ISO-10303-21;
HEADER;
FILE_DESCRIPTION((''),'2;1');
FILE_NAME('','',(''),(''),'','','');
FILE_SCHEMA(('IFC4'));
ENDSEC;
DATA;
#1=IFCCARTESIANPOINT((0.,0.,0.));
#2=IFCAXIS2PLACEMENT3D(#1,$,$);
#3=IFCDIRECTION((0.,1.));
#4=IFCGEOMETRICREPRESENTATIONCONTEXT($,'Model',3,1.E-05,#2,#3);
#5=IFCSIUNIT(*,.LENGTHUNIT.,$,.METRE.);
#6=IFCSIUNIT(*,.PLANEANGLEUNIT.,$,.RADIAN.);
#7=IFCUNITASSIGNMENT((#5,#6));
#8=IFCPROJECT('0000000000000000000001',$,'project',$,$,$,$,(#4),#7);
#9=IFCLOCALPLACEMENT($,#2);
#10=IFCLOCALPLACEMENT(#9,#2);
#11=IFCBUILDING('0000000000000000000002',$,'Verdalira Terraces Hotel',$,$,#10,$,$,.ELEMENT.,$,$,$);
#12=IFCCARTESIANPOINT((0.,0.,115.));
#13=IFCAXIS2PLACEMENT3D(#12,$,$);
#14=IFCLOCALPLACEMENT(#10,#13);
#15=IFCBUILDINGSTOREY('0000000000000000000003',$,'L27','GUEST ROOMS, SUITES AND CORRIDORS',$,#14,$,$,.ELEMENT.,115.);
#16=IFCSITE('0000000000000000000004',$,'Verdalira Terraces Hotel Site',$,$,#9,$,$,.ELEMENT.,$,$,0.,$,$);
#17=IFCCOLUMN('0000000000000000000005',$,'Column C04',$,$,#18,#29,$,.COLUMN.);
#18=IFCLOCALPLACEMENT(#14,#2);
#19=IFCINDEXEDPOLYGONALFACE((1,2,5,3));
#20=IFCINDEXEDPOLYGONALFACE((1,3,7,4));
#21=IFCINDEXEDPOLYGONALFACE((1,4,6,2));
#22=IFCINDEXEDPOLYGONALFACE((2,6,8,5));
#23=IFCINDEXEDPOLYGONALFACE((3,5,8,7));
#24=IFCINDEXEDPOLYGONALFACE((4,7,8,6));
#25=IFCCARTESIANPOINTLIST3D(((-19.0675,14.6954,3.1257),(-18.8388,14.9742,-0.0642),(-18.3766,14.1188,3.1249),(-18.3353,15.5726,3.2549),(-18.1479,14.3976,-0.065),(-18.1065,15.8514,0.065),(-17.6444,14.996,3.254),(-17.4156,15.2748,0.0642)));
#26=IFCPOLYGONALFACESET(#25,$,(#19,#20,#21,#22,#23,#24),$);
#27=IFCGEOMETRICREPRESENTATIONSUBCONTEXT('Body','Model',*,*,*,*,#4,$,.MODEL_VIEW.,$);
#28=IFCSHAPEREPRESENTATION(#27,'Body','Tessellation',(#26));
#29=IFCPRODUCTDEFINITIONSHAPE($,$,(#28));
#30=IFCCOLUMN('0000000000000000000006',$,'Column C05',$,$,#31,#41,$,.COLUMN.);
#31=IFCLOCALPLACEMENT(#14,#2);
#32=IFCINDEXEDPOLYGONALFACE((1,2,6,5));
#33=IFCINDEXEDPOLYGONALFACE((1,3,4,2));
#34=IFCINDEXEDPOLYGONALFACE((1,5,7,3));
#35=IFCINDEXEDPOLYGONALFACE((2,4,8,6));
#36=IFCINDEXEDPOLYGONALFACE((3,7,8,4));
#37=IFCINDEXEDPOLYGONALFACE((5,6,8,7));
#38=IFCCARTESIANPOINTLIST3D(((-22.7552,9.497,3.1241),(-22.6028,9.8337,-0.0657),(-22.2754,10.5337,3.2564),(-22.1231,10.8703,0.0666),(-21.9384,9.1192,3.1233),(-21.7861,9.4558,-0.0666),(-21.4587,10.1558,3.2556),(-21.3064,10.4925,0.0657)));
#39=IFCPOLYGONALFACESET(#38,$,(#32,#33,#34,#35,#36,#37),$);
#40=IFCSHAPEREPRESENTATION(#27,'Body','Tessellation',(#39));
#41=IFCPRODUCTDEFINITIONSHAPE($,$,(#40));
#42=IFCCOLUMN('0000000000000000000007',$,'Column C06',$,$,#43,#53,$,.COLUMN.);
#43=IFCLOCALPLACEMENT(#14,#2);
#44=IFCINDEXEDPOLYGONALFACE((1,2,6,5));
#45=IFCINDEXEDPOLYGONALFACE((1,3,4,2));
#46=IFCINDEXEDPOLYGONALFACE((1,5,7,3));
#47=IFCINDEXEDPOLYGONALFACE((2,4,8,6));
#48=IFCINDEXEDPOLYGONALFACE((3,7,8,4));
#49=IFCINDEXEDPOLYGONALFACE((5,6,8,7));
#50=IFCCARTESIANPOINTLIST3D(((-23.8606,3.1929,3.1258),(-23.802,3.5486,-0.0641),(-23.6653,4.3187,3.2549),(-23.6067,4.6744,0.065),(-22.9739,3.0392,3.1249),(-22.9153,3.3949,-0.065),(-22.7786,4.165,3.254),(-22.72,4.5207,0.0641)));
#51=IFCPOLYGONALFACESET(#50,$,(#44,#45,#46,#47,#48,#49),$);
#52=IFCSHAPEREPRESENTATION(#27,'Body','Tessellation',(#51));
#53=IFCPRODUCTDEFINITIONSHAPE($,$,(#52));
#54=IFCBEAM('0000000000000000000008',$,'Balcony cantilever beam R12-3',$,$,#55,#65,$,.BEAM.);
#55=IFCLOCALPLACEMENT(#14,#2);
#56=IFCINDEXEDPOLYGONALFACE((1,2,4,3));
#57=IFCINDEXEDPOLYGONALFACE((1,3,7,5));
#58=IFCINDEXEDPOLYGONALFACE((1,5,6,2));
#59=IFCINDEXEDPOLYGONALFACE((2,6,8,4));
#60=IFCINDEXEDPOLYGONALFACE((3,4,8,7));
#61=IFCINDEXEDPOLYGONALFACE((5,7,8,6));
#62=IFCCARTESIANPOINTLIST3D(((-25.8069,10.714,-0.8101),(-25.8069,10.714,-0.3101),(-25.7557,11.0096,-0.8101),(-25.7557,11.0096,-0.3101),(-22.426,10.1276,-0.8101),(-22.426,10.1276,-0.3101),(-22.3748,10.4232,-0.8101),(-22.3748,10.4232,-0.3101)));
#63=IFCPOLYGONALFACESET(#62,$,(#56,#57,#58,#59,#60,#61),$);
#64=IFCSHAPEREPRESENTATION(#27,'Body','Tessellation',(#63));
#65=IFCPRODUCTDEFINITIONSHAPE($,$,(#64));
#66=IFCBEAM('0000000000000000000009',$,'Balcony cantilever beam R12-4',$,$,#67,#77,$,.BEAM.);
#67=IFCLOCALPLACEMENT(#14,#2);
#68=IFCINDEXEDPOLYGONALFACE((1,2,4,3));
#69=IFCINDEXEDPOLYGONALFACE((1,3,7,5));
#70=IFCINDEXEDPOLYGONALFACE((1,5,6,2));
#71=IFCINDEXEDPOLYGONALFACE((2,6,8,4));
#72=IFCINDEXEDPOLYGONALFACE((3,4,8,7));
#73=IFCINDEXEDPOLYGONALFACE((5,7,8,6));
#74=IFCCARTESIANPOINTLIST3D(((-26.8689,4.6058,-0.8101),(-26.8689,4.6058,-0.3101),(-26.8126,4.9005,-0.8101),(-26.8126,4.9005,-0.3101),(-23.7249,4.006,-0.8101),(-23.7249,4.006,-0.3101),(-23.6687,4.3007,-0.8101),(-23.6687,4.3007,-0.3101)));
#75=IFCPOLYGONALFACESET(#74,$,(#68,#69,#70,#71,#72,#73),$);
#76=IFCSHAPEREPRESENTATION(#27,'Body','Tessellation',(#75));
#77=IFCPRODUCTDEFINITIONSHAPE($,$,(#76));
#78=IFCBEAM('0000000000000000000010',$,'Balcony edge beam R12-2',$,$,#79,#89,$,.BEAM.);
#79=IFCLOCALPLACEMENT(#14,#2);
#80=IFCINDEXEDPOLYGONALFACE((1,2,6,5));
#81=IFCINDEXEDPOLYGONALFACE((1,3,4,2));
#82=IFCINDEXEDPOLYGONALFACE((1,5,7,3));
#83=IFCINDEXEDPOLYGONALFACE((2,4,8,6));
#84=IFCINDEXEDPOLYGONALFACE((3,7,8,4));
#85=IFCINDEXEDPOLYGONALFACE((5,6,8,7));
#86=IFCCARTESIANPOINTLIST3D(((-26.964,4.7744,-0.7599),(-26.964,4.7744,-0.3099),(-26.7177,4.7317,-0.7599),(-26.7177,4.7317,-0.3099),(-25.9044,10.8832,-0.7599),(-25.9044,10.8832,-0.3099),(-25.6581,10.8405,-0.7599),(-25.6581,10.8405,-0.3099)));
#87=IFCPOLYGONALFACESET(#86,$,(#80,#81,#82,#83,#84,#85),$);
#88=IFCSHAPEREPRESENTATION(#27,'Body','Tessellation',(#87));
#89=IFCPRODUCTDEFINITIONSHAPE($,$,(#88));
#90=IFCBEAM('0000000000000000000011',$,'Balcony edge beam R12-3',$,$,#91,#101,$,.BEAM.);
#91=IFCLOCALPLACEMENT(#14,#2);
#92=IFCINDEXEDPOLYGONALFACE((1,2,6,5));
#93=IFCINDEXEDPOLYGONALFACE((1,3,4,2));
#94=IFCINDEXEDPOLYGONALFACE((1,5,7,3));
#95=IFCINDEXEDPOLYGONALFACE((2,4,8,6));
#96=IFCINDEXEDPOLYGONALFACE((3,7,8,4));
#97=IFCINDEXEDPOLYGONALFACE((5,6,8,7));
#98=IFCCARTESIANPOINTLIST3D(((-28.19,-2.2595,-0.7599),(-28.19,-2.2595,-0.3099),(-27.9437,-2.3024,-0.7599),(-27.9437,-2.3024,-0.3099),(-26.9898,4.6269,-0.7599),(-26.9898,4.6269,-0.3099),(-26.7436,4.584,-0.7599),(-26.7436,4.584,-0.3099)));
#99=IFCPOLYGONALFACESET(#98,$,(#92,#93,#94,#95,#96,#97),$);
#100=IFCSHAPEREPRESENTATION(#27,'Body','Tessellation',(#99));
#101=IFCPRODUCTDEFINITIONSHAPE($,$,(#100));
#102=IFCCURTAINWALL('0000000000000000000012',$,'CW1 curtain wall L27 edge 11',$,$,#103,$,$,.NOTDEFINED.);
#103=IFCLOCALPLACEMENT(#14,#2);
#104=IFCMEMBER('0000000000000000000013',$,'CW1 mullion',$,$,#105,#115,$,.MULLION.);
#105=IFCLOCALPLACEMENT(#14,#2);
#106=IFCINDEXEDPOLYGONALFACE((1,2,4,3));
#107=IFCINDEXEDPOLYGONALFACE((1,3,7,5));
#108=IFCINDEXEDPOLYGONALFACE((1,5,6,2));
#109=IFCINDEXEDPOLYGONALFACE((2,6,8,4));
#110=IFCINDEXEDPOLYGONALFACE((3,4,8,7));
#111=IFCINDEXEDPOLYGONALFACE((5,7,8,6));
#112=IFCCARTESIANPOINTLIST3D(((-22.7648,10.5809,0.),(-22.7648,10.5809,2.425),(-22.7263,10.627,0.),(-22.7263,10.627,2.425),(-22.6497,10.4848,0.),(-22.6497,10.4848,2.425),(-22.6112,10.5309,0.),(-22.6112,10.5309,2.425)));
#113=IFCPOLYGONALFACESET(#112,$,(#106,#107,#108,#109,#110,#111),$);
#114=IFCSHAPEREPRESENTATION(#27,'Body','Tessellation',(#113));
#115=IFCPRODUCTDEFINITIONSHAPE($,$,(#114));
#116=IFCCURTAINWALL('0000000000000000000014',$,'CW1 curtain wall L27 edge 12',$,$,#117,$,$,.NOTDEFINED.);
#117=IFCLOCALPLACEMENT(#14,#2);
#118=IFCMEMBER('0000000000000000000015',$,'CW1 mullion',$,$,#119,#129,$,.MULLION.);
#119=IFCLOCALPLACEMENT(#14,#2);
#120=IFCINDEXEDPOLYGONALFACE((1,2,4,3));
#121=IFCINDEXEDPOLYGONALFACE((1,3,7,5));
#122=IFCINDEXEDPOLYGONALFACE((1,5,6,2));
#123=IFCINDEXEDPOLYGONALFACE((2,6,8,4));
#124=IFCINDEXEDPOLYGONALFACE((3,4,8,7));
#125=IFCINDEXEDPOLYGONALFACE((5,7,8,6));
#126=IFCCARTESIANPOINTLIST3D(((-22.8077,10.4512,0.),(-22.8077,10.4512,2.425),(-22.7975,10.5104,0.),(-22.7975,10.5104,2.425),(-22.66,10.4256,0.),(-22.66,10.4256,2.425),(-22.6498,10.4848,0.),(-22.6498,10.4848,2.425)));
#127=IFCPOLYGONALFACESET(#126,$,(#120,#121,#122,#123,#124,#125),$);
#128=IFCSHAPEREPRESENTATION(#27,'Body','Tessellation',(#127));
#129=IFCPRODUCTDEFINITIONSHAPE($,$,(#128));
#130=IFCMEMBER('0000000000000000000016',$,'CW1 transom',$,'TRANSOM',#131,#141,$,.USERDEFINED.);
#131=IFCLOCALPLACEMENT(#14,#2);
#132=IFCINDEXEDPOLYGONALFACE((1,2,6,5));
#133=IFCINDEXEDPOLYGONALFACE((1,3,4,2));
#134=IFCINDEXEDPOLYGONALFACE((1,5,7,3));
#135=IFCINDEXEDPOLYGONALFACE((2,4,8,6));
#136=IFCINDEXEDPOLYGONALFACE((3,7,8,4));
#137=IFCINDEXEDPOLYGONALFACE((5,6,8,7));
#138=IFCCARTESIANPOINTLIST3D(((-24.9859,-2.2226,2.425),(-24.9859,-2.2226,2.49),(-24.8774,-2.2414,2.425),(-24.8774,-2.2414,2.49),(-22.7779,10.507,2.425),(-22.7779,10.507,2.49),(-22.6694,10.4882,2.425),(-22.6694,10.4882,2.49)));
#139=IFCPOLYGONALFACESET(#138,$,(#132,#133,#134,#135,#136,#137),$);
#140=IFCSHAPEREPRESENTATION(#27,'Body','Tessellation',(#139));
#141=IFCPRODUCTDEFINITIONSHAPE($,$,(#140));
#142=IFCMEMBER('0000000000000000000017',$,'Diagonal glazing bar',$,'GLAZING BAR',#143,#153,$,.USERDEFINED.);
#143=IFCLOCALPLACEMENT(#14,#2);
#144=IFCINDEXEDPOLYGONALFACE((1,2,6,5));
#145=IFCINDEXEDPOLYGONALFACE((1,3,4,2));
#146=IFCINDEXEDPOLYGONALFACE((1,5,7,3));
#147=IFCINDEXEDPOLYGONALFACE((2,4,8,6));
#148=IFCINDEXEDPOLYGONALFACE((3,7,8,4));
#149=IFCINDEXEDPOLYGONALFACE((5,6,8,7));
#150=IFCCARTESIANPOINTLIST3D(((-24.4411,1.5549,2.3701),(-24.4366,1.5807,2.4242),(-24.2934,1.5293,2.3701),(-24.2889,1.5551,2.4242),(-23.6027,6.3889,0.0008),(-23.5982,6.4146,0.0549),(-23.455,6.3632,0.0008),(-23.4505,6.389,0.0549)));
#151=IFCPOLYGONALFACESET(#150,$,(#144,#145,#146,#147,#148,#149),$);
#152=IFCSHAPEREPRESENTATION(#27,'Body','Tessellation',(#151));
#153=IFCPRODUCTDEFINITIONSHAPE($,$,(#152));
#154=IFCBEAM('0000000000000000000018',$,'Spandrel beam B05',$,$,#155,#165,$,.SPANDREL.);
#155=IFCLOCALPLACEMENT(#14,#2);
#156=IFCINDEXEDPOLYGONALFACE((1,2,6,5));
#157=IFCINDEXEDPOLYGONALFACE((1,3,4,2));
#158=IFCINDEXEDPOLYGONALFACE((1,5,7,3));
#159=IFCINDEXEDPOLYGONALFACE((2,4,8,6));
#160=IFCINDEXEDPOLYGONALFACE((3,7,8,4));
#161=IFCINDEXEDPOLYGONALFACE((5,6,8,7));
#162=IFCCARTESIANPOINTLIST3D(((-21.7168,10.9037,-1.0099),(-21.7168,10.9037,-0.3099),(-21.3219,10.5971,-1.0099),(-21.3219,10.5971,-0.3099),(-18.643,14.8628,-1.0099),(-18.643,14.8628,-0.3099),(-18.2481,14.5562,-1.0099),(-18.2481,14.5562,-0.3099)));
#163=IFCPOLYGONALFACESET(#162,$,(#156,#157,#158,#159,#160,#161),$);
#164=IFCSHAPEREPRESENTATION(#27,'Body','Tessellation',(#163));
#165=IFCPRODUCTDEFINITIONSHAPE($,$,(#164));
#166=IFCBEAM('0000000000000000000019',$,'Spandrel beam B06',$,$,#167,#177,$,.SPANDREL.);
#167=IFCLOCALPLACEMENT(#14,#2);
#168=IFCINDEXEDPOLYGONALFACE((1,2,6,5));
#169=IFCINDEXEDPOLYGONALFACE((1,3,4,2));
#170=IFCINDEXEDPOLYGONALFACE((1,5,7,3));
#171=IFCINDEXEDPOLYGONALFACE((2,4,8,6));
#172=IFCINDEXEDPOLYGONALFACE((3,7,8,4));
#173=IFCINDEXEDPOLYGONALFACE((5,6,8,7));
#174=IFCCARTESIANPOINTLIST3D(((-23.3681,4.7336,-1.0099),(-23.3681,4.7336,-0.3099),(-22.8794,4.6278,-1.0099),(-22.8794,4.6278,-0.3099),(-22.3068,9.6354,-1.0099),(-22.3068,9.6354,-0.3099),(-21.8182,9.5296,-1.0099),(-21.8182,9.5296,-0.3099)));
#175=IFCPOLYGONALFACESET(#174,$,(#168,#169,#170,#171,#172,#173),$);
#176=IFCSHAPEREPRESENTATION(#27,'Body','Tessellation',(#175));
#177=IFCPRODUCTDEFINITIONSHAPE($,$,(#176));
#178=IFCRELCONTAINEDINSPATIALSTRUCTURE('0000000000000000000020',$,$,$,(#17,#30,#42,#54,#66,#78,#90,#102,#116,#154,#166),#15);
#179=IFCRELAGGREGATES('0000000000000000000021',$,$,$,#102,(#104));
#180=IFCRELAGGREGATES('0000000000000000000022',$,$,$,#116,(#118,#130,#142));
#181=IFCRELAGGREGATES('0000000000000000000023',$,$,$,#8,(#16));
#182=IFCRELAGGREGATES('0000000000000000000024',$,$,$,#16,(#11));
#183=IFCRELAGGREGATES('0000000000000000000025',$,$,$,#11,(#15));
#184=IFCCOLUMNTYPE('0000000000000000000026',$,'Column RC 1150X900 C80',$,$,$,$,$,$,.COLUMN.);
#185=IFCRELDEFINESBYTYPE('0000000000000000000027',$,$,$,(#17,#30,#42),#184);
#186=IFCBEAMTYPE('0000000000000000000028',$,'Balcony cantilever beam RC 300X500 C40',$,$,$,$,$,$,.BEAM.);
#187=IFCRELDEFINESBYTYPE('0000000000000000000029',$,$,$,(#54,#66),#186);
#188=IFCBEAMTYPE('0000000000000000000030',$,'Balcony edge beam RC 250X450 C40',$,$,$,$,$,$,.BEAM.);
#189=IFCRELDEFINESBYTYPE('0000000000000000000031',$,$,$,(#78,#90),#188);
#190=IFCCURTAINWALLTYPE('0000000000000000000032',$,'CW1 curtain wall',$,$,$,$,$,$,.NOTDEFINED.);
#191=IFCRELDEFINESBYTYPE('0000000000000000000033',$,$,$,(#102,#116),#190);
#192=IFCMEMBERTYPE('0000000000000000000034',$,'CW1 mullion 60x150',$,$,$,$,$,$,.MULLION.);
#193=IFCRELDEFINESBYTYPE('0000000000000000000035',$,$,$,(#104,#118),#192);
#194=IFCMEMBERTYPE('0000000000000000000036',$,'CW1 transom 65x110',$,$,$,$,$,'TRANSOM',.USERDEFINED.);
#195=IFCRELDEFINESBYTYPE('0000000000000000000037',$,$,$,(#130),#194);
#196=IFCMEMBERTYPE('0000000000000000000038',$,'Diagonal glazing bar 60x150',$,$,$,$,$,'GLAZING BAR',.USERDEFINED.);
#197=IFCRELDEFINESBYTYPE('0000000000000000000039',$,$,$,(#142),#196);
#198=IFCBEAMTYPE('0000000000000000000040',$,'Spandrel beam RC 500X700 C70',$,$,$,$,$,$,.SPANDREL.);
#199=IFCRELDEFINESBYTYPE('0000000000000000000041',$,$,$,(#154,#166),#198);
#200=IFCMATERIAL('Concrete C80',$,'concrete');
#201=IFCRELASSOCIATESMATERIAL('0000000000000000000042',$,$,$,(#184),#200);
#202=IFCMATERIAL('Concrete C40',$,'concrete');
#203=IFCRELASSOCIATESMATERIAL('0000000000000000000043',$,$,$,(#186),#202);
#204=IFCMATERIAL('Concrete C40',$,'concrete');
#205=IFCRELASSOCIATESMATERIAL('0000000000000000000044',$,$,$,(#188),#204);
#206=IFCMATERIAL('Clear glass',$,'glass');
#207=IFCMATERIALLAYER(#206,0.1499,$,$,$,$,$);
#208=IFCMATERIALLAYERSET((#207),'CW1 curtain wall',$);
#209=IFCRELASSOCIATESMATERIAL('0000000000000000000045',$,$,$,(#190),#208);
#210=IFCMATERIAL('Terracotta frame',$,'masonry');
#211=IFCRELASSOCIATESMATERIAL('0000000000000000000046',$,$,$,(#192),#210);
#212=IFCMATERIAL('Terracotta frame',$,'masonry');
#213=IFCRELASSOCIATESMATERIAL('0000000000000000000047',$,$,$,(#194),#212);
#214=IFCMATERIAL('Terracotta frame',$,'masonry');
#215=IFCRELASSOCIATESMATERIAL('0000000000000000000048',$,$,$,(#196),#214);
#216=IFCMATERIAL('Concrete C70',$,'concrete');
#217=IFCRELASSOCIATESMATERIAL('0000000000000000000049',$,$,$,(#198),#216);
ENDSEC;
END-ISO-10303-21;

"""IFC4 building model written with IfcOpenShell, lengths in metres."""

from ifc_helpers import new_model, si_unit, direction, frame, origin, origin_2d, place, context, subcontext, project, spatial, rectangle, extrude, material, layer, layer_set, material_profile, profile_set, type_object, element, aggregate, save


model = new_model("IFC4")

# Units and contexts
model_context = context("Model", 3, precision=1e-05, world=origin(), true_north=direction((0.0, 1.0)))
body_context = subcontext(model_context, "Body", "Model", "MODEL_VIEW")
ifc_project = project(units=[si_unit("LENGTHUNIT", "METRE"), si_unit("PLANEANGLEUNIT", "RADIAN")], contexts=[model_context])

# Site, building, storey
site_placement = place(None, origin())
site = spatial("IfcSite", under=ifc_project, at=site_placement, Name="Verdalira Terraces Hotel Site", CompositionType="ELEMENT", RefElevation=0.0)
building_placement = place(site_placement, origin())
building = spatial("IfcBuilding", under=site, at=building_placement, Name="Verdalira Terraces Hotel", CompositionType="ELEMENT")
storey_placement = place(building_placement, frame((0.0, 0.0, 115.0)))
storey = spatial("IfcBuildingStorey", under=building, at=storey_placement, Name="L27", Description="GUEST ROOMS, SUITES AND CORRIDORS", CompositionType="ELEMENT", Elevation=115.0)

# Columns
ifc_material_1 = material(Name="Concrete C80", Category="concrete")
ifc_material_profile_1 = material_profile(ifc_material_1, rectangle(XDim=1.1499, YDim=0.8999, at=origin_2d()), Name="RC 1150X900")
ifc_profile_set_1 = profile_set([ifc_material_profile_1], Name="Concrete C80")
column_type = type_object("IfcColumnType", Name="Column RC 1150X900 C80", PredefinedType="COLUMN", material=ifc_profile_set_1)
column_1_placement = place(storey_placement, frame((-18.1272, 15.1245, 0.0), z_axis=(-0.071259, -0.086849, 0.99367), x_axis=(-0.636787, -0.762813, -0.112337)))
element("IfcColumn", 1, at=column_1_placement, inside=storey, type_object=column_type, Name="Column C04", PredefinedType="COLUMN", context=body_context, shape_type="SweptSolid", body=[
    extrude(rectangle(XDim=1.1499, YDim=0.8999, at=origin_2d()), origin(), (0.0, 0.0, 1.0), 3.2102),
])
column_2_placement = place(storey_placement, frame((-21.9546, 10.1631, 0.0), z_axis=(-0.04744, -0.10484, 0.993357), x_axis=(0.417189, 0.901505, 0.11507)))
element("IfcColumn", 2, at=column_2_placement, inside=storey, type_object=column_type, Name="Column C05", PredefinedType="COLUMN", context=body_context, shape_type="SweptSolid", body=[
    extrude(rectangle(XDim=1.1499, YDim=0.8999, at=origin_2d()), origin(), (0.0, 0.0, 1.0), 3.2112),
])
column_3_placement = place(storey_placement, frame((-23.261, 4.0347, 0.0), z_axis=(-0.018252, -0.110805, 0.993675), x_axis=(-0.169817, -0.979057, -0.112295)))
element("IfcColumn", 3, at=column_3_placement, inside=storey, type_object=column_type, Name="Column C06", PredefinedType="COLUMN", context=body_context, shape_type="SweptSolid", body=[
    extrude(rectangle(XDim=1.1499, YDim=0.8999, at=origin_2d()), origin(), (0.0, 0.0, 1.0), 3.2102),
])

# Beams
ifc_material_2 = material(Name="Concrete C40", Category="concrete")
ifc_material_profile_2 = material_profile(ifc_material_2, rectangle(XDim=0.3, YDim=0.5, at=origin_2d()), Name="RC 300X500")
ifc_profile_set_2 = profile_set([ifc_material_profile_2], Name="Concrete C40")
beam_type_1 = type_object("IfcBeamType", Name="Balcony cantilever beam RC 300X500 C40", PredefinedType="BEAM", material=ifc_profile_set_2)
beam_1_placement = place(storey_placement, frame((-22.4004, 10.2754, -0.5601), z_axis=(-0.985288, 0.170903, 0.0), x_axis=(-0.170903, -0.985288, 0.0)))
element("IfcBeam", 4, at=beam_1_placement, inside=storey, type_object=beam_type_1, Name="Balcony cantilever beam R12-3", PredefinedType="BEAM", context=body_context, shape_type="SweptSolid", body=[
    extrude(rectangle(XDim=0.3, YDim=0.5, at=origin_2d()), origin(), (0.0, 0.0, 1.0), 3.4314),
])
beam_2_placement = place(storey_placement, frame((-23.6968, 4.1533, -0.5601), z_axis=(-0.982282, 0.18741, 0.0), x_axis=(-0.18741, -0.982282, 0.0)))
element("IfcBeam", 5, at=beam_2_placement, inside=storey, type_object=beam_type_1, Name="Balcony cantilever beam R12-4", PredefinedType="BEAM", context=body_context, shape_type="SweptSolid", body=[
    extrude(rectangle(XDim=0.3, YDim=0.5, at=origin_2d()), origin(), (0.0, 0.0, 1.0), 3.2007),
])
ifc_material_3 = material(Name="Concrete C40", Category="concrete")
ifc_material_profile_3 = material_profile(ifc_material_3, rectangle(XDim=0.25, YDim=0.45, at=origin_2d()), Name="RC 250X450")
ifc_profile_set_3 = profile_set([ifc_material_profile_3], Name="Concrete C40")
beam_type_2 = type_object("IfcBeamType", Name="Balcony edge beam RC 250X450 C40", PredefinedType="BEAM", material=ifc_profile_set_3)
beam_3_placement = place(storey_placement, frame((-25.7812, 10.8618, -0.5349), z_axis=(-0.170902, -0.985288, 0.0), x_axis=(0.985288, -0.170902, 0.0)))
element("IfcBeam", 6, at=beam_3_placement, inside=storey, type_object=beam_type_2, Name="Balcony edge beam R12-2", PredefinedType="BEAM", context=body_context, shape_type="SweptSolid", body=[
    extrude(rectangle(XDim=0.25, YDim=0.45, at=origin_2d()), origin(), (0.0, 0.0, 1.0), 6.2),
])
beam_4_placement = place(storey_placement, frame((-26.8667, 4.6055, -0.5349), z_axis=(-0.171695, -0.98515, 0.0), x_axis=(0.98515, -0.171695, 0.0)))
element("IfcBeam", 7, at=beam_4_placement, inside=storey, type_object=beam_type_2, Name="Balcony edge beam R12-3", PredefinedType="BEAM", context=body_context, shape_type="SweptSolid", body=[
    extrude(rectangle(XDim=0.25, YDim=0.45, at=origin_2d()), origin(), (0.0, 0.0, 1.0), 6.9902),
])

# Curtain wall, member
ifc_material_4 = material(Name="Clear glass", Category="glass")
ifc_layer_1 = layer(ifc_material_4, 0.1499)
ifc_layer_set_1 = layer_set([ifc_layer_1], Name="CW1 curtain wall")
curtain_wall_type = type_object("IfcCurtainWallType", Name="CW1 curtain wall", PredefinedType="NOTDEFINED", material=ifc_layer_set_1)
curtain_wall_1_placement = place(storey_placement, origin())
curtain_wall_1 = element("IfcCurtainWall", 8, at=curtain_wall_1_placement, inside=storey, type_object=curtain_wall_type, Name="CW1 curtain wall L27 edge 11", PredefinedType="NOTDEFINED")
ifc_material_5 = material(Name="Terracotta frame", Category="masonry")
ifc_material_profile_4 = material_profile(ifc_material_5, rectangle(XDim=0.0601, YDim=0.1499, at=origin_2d()), Name="MU 60x150")
ifc_profile_set_4 = profile_set([ifc_material_profile_4], Name="Terracotta frame")
member_type_1 = type_object("IfcMemberType", Name="CW1 mullion 60x150", PredefinedType="MULLION", material=ifc_profile_set_4)
member_1_placement = place(storey_placement, frame((-22.688, 10.5559, 0.0), z_axis=(0.0, 0.0, 1.0), x_axis=(-0.640646, -0.767836, 0.0)))
member_1 = element("IfcMember", 9, at=member_1_placement, type_object=member_type_1, Name="CW1 mullion", PredefinedType="MULLION", context=body_context, shape_type="SweptSolid", body=[
    extrude(rectangle(XDim=0.0601, YDim=0.1499, at=origin_2d()), origin(), (0.0, 0.0, 1.0), 2.425),
])

# Curtain wall, members
curtain_wall_2_placement = place(storey_placement, origin())
curtain_wall_2 = element("IfcCurtainWall", 10, at=curtain_wall_2_placement, inside=storey, type_object=curtain_wall_type, Name="CW1 curtain wall L27 edge 12", PredefinedType="NOTDEFINED")
member_2_placement = place(storey_placement, frame((-22.7288, 10.468, 0.0), z_axis=(0.0, 0.0, 1.0), x_axis=(-0.170897, -0.985289, 0.0)))
member_2 = element("IfcMember", 11, at=member_2_placement, type_object=member_type_1, Name="CW1 mullion", PredefinedType="MULLION", context=body_context, shape_type="SweptSolid", body=[
    extrude(rectangle(XDim=0.0601, YDim=0.1499, at=origin_2d()), origin(), (0.0, 0.0, 1.0), 2.425),
])
ifc_material_6 = material(Name="Terracotta frame", Category="masonry")
ifc_material_profile_5 = material_profile(ifc_material_6, rectangle(XDim=0.1101, YDim=0.0649, at=origin_2d()), Name="TR 65x110")
ifc_profile_set_5 = profile_set([ifc_material_profile_5], Name="Terracotta frame")
member_type_2 = type_object("IfcMemberType", Name="CW1 transom 65x110", ElementType="TRANSOM", PredefinedType="USERDEFINED", material=ifc_profile_set_5)
member_3_placement = place(storey_placement, frame((-22.7236, 10.4976, 2.4575), z_axis=(-0.170904, -0.985288, 0.0), x_axis=(0.985288, -0.170904, 0.0)))
member_3 = element("IfcMember", 12, at=member_3_placement, type_object=member_type_2, Name="CW1 transom", ObjectType="TRANSOM", PredefinedType="USERDEFINED", context=body_context, shape_type="SweptSolid", body=[
    extrude(rectangle(XDim=0.1101, YDim=0.0649, at=origin_2d()), origin(), (0.0, 0.0, 1.0), 12.9197),
])
ifc_material_7 = material(Name="Terracotta frame", Category="masonry")
ifc_material_profile_6 = material_profile(ifc_material_7, rectangle(XDim=0.1499, YDim=0.0601, at=origin_2d()), Name="GB 60x150")
ifc_profile_set_6 = profile_set([ifc_material_profile_6], Name="Terracotta frame")
member_type_3 = type_object("IfcMemberType", Name="Diagonal glazing bar 60x150", ElementType="GLAZING BAR", PredefinedType="USERDEFINED", material=ifc_profile_set_6)
member_4_placement = place(storey_placement, frame((-23.5266, 6.3889, 0.0278), z_axis=(-0.153878, -0.887242, 0.434883), x_axis=(0.985291, -0.170883, 0.0)))
member_4 = element("IfcMember", 13, at=member_4_placement, type_object=member_type_3, Name="Diagonal glazing bar", ObjectType="GLAZING BAR", PredefinedType="USERDEFINED", context=body_context, shape_type="SweptSolid", body=[
    extrude(rectangle(XDim=0.1499, YDim=0.0601, at=origin_2d()), origin(), (0.0, 0.0, 1.0), 5.4482),
])

# Beams
ifc_material_8 = material(Name="Concrete C70", Category="concrete")
ifc_material_profile_7 = material_profile(ifc_material_8, rectangle(XDim=0.5, YDim=0.7, at=origin_2d()), Name="RC 500X700")
ifc_profile_set_7 = profile_set([ifc_material_profile_7], Name="Concrete C70")
beam_type_3 = type_object("IfcBeamType", Name="Spandrel beam RC 500X700 C70", PredefinedType="SPANDREL", material=ifc_profile_set_7)
beam_5_placement = place(storey_placement, frame((-18.4456, 14.7095, -0.6599), z_axis=(-0.613259, -0.789882, 0.0), x_axis=(0.789882, -0.613259, 0.0)))
element("IfcBeam", 14, at=beam_5_placement, inside=storey, type_object=beam_type_3, Name="Spandrel beam B05", PredefinedType="SPANDREL", context=body_context, shape_type="SweptSolid", body=[
    extrude(rectangle(XDim=0.5, YDim=0.7, at=origin_2d()), origin(), (0.0, 0.0, 1.0), 5.0122),
])
beam_6_placement = place(storey_placement, frame((-22.0625, 9.5825, -0.6599), z_axis=(-0.211603, -0.977356, 0.0), x_axis=(0.977356, -0.211603, 0.0)))
element("IfcBeam", 15, at=beam_6_placement, inside=storey, type_object=beam_type_3, Name="Spandrel beam B06", PredefinedType="SPANDREL", context=body_context, shape_type="SweptSolid", body=[
    extrude(rectangle(XDim=0.5, YDim=0.7, at=origin_2d()), origin(), (0.0, 0.0, 1.0), 5.0154),
])

aggregate(curtain_wall_1, [member_1])
aggregate(curtain_wall_2, [member_2, member_3, member_4])

save(model, "model.ifc")
